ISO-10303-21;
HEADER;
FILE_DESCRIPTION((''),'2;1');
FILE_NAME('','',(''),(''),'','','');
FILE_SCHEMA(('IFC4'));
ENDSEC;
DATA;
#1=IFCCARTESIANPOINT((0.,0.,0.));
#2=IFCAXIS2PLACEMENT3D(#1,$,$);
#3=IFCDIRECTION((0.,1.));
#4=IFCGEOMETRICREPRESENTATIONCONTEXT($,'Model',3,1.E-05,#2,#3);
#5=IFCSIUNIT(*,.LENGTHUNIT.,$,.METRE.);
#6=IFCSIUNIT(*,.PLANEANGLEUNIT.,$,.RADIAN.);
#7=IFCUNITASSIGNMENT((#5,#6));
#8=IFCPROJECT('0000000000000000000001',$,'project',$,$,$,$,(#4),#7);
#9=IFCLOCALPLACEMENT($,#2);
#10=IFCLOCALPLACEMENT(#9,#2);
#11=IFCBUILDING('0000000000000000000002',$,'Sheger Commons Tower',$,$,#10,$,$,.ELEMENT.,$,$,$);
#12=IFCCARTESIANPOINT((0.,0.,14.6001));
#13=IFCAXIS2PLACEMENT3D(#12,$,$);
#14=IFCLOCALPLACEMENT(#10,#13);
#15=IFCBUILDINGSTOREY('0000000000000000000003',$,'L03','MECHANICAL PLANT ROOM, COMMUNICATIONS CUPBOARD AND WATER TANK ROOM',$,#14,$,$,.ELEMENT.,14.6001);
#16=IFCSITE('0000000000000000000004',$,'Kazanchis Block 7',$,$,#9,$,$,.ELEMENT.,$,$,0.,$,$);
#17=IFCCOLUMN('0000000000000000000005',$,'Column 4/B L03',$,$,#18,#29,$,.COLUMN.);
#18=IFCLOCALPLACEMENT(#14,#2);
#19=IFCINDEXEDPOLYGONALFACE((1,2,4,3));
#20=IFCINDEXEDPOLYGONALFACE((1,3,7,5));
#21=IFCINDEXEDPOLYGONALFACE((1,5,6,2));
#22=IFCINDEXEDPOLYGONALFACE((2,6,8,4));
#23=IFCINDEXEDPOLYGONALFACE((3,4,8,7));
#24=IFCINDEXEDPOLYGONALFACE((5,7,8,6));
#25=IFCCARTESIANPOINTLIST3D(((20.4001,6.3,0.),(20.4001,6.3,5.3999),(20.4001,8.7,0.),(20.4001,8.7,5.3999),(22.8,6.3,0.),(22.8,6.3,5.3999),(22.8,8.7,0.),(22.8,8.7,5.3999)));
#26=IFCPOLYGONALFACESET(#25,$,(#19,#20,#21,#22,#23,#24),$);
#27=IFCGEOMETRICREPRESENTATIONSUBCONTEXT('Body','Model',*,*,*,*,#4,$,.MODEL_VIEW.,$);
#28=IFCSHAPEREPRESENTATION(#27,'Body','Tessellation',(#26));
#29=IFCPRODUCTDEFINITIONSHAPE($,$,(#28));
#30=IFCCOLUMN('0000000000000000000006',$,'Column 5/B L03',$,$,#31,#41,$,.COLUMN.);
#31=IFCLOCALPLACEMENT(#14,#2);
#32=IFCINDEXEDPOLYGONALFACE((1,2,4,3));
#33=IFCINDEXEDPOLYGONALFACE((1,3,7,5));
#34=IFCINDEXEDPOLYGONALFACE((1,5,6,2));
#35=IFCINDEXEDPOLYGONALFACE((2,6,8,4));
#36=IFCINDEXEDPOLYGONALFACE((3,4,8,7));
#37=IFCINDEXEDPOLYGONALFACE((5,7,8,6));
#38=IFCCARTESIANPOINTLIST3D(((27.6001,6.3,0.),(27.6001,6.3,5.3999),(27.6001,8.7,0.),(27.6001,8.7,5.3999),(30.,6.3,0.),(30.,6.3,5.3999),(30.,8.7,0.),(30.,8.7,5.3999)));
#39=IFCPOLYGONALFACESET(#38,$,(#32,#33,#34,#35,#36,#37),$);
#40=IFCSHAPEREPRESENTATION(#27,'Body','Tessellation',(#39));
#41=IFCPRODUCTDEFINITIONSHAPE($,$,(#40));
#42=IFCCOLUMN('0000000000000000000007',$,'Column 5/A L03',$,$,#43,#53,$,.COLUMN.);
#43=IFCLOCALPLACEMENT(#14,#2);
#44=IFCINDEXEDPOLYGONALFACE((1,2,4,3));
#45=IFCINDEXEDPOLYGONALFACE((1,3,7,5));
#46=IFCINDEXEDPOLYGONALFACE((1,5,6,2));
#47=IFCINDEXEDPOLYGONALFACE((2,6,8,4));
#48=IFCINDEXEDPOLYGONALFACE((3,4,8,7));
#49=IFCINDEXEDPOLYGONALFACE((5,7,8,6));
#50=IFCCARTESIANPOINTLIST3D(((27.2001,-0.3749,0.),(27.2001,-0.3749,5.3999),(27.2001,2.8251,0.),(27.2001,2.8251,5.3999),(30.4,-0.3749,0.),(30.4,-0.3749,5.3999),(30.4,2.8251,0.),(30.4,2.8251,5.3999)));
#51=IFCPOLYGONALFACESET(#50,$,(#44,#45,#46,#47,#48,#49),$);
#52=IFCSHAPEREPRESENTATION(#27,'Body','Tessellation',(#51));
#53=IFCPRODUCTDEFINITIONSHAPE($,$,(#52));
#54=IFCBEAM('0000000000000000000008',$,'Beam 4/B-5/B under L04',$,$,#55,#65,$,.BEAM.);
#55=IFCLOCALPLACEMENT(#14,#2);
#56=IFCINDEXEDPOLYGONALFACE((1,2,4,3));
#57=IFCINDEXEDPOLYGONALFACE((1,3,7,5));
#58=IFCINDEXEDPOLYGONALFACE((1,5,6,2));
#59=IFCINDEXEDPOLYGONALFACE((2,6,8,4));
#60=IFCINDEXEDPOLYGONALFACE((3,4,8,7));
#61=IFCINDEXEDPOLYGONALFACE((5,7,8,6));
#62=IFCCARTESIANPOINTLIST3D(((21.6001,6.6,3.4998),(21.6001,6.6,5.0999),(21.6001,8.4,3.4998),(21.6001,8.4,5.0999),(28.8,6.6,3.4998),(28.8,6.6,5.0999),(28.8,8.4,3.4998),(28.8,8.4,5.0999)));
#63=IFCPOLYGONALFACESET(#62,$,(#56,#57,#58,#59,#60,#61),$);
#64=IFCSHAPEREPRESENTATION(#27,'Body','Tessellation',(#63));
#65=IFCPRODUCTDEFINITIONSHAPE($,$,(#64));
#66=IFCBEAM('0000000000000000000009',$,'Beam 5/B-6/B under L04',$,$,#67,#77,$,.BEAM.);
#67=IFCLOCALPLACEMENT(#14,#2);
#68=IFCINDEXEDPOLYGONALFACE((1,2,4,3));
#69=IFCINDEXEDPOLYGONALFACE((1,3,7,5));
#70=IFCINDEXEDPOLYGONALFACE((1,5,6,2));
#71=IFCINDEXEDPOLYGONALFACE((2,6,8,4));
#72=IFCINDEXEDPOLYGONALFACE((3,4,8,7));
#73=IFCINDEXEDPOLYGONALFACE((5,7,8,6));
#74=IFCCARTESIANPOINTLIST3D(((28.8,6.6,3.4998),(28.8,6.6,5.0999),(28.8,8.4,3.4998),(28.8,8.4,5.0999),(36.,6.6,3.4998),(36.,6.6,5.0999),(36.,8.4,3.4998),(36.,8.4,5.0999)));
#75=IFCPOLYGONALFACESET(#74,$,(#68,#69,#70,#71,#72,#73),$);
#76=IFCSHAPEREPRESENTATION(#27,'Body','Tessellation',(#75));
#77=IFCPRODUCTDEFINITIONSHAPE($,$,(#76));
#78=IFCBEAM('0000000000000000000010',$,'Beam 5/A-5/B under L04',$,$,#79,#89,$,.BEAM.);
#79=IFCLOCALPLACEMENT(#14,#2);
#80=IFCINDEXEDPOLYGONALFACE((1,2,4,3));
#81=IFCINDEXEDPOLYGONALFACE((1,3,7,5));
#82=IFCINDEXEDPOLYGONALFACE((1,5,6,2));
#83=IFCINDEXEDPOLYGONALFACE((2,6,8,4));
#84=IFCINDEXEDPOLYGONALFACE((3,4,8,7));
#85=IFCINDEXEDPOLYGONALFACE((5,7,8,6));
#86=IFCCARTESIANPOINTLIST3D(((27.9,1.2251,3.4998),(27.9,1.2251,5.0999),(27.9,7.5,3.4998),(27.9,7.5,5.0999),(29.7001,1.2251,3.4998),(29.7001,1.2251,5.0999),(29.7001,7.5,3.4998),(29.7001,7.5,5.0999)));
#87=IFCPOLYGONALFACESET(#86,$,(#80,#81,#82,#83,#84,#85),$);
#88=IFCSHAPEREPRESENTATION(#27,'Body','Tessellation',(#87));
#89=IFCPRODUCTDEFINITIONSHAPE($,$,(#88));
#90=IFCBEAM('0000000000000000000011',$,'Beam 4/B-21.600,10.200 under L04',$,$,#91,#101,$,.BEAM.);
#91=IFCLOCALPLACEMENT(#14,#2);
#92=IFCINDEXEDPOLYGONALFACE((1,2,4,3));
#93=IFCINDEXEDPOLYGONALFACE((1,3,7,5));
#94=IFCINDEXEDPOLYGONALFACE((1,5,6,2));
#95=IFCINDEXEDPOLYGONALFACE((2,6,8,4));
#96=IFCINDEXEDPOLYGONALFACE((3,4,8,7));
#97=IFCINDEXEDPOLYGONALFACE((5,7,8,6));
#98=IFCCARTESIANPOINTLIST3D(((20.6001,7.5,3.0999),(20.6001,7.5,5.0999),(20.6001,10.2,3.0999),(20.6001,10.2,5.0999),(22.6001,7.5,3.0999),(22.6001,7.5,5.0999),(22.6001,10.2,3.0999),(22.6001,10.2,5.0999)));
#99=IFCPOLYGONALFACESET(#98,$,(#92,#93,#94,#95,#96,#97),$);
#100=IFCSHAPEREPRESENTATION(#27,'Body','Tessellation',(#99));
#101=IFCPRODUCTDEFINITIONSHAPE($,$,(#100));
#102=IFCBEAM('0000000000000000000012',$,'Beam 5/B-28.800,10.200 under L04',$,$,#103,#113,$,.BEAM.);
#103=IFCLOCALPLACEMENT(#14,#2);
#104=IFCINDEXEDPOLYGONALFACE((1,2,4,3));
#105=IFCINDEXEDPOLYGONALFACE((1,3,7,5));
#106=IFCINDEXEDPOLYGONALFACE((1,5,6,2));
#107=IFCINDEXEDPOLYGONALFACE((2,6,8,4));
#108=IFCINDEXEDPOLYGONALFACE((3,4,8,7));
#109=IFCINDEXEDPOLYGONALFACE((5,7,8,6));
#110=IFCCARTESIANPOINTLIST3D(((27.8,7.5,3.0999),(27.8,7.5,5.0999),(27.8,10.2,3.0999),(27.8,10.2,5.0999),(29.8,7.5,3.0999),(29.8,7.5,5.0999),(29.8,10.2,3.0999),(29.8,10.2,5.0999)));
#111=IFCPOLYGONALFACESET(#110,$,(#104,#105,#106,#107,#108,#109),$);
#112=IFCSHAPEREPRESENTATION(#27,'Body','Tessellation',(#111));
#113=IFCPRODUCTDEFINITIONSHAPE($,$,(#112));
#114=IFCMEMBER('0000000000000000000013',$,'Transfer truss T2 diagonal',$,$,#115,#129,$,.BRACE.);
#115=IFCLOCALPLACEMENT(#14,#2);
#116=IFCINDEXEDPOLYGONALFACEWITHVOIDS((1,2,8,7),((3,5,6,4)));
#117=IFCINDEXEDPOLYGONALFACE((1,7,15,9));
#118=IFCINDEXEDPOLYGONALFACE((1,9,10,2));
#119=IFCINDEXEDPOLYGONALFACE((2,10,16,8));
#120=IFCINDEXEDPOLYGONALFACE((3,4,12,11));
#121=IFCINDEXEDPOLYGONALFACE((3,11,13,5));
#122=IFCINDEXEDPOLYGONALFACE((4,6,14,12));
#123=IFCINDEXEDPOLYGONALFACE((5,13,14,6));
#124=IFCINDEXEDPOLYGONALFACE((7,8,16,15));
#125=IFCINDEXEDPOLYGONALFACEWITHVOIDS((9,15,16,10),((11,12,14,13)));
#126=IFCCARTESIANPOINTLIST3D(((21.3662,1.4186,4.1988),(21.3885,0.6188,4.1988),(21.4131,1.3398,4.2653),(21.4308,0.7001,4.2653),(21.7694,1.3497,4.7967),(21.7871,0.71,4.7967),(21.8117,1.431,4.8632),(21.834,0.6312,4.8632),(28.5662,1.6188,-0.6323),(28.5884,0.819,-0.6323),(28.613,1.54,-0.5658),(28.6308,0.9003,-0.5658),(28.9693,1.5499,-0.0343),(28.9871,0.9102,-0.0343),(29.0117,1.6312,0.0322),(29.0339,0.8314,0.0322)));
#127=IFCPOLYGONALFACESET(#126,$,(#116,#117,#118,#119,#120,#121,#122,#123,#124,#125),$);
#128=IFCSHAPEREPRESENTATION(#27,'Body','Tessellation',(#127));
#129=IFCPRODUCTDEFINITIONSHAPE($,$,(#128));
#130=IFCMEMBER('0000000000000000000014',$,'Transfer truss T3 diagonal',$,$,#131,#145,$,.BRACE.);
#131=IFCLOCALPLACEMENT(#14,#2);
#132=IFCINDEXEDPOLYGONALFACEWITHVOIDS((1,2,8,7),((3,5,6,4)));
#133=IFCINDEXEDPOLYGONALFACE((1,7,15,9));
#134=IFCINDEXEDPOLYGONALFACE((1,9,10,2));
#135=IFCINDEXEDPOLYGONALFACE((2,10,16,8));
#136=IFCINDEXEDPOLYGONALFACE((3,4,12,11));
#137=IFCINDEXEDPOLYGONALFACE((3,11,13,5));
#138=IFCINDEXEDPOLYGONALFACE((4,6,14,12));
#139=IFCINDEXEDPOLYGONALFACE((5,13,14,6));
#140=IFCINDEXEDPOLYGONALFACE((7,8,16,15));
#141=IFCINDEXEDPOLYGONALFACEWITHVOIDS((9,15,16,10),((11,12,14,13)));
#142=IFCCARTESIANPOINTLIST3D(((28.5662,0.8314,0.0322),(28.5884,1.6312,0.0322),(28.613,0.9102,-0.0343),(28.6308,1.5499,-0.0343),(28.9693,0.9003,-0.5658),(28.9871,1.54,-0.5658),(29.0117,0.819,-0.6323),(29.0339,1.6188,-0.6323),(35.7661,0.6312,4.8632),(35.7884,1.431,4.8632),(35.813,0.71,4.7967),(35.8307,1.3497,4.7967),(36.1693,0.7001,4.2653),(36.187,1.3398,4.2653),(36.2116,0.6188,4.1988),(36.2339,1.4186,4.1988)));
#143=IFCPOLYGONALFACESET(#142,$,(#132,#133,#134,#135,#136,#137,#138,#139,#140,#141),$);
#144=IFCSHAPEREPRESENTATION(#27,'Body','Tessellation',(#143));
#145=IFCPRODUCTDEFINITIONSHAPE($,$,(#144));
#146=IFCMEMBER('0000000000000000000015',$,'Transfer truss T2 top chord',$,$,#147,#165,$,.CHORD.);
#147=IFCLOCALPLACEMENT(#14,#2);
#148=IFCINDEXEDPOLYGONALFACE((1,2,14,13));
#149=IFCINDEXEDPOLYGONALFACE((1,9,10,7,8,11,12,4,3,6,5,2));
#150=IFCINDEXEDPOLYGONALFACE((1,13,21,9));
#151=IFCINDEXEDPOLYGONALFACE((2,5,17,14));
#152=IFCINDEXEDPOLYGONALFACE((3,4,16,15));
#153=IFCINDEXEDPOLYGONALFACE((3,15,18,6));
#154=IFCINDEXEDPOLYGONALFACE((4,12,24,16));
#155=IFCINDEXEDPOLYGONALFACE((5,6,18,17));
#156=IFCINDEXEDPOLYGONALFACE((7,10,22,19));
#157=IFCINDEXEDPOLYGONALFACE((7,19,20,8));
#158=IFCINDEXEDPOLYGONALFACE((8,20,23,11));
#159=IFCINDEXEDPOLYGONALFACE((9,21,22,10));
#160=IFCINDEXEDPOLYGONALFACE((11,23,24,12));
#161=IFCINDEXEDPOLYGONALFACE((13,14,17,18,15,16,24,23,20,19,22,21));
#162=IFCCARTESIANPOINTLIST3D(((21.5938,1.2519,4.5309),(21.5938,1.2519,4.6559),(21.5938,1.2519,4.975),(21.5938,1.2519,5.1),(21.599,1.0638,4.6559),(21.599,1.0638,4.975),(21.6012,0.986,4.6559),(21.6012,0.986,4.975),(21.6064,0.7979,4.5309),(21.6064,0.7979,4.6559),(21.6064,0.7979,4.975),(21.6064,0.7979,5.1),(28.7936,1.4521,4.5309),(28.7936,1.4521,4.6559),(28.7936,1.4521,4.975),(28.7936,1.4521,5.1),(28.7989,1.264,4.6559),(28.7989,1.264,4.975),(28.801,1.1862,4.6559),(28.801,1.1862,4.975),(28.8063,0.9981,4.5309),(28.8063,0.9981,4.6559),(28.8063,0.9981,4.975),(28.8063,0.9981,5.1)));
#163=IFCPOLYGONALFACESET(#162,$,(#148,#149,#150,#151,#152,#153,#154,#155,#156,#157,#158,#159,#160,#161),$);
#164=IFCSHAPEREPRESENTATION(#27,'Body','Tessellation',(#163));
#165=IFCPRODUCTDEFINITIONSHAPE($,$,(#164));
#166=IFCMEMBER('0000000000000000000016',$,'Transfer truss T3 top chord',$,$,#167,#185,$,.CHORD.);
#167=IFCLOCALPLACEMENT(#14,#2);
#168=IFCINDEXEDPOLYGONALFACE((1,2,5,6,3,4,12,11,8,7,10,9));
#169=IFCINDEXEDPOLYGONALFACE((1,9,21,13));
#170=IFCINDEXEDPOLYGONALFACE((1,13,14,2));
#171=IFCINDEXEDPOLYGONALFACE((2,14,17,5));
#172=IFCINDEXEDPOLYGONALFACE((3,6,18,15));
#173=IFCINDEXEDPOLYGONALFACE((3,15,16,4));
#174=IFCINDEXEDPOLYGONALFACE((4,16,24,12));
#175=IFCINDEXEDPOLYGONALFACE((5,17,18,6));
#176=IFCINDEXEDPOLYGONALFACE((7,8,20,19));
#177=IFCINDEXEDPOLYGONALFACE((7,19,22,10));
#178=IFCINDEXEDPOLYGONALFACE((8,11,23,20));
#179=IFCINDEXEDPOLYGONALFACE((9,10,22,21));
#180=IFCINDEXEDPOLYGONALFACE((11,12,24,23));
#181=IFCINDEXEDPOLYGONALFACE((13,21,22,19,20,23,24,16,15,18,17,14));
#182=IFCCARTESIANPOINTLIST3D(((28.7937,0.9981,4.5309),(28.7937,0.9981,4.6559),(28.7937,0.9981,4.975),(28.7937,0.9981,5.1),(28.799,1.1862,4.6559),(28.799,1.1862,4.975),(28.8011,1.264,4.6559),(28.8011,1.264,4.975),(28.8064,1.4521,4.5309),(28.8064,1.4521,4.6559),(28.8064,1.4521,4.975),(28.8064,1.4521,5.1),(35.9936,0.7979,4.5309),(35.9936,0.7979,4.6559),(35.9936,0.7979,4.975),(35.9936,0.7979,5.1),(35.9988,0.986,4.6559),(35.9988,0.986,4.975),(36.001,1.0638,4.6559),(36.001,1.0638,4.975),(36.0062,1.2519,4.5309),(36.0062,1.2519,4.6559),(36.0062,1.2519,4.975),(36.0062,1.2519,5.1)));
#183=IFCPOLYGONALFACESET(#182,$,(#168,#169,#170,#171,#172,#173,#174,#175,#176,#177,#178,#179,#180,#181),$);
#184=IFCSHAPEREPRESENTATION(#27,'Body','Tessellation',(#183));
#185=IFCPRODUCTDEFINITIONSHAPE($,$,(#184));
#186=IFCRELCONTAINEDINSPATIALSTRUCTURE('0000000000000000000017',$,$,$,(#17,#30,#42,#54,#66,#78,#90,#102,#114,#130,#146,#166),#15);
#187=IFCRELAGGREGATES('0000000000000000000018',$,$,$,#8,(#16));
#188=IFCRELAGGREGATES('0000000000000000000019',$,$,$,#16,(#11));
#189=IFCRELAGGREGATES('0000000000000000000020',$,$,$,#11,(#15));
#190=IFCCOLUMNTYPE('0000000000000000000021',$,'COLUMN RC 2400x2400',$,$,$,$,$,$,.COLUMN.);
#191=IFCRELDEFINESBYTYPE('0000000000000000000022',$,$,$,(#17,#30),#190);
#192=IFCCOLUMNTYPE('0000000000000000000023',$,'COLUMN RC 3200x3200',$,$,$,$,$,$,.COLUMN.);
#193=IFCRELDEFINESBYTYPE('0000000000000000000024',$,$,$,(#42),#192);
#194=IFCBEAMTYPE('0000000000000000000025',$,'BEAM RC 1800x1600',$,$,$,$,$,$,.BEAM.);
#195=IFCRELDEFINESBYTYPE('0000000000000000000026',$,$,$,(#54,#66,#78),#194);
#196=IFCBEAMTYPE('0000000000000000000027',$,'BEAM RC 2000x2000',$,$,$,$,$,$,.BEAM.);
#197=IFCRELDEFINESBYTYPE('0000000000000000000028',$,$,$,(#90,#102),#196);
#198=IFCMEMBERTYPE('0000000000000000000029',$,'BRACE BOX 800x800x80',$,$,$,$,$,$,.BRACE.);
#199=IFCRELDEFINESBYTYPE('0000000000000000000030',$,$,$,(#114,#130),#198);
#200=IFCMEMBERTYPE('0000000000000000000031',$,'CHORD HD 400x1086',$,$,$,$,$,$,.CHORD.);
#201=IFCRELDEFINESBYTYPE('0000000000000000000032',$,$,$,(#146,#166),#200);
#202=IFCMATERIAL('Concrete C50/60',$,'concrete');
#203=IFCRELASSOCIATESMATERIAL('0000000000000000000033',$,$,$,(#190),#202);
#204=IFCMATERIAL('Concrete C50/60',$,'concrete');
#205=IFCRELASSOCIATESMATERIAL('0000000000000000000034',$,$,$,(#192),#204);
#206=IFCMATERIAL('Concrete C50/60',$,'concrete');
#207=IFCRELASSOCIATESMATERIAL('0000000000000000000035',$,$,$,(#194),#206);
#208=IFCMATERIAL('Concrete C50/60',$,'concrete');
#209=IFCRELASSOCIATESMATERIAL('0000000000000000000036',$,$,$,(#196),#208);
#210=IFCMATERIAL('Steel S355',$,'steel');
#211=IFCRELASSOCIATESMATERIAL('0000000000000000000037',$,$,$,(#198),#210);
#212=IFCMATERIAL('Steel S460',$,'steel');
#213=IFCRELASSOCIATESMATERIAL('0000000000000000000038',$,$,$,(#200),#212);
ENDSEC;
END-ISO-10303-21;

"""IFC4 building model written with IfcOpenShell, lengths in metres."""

from ifc_helpers import new_model, si_unit, direction, frame, origin, origin_2d, place, context, subcontext, project, spatial, rectangle, hollow_rectangle, i_section, extrude, material, material_profile, profile_set, type_object, element, save


model = new_model("IFC4")

# Units and contexts
model_context = context("Model", 3, precision=1e-05, world=origin(), true_north=direction((0.0, 1.0)))
body_context = subcontext(model_context, "Body", "Model", "MODEL_VIEW")
ifc_project = project(units=[si_unit("LENGTHUNIT", "METRE"), si_unit("PLANEANGLEUNIT", "RADIAN")], contexts=[model_context])

# Site, building, storey
site_placement = place(None, origin())
site = spatial("IfcSite", under=ifc_project, at=site_placement, Name="Kazanchis Block 7", CompositionType="ELEMENT", RefElevation=0.0)
building_placement = place(site_placement, origin())
building = spatial("IfcBuilding", under=site, at=building_placement, Name="Sheger Commons Tower", CompositionType="ELEMENT")
storey_placement = place(building_placement, frame((0.0, 0.0, 14.6001)))
storey = spatial("IfcBuildingStorey", under=building, at=storey_placement, Name="L03", Description="MECHANICAL PLANT ROOM, COMMUNICATIONS CUPBOARD AND WATER TANK ROOM", CompositionType="ELEMENT", Elevation=14.6001)

# Columns
ifc_material_1 = material(Name="Concrete C50/60", Category="concrete")
ifc_material_profile_1 = material_profile(ifc_material_1, rectangle(XDim=2.3999, YDim=2.3999, at=origin_2d()), Name="RC 2400x2400")
ifc_profile_set_1 = profile_set([ifc_material_profile_1], Name="Concrete C50/60")
column_type_1 = type_object("IfcColumnType", Name="COLUMN RC 2400x2400", PredefinedType="COLUMN", material=ifc_profile_set_1)
for number, where, z_axis, x_axis, name in (
    (1, (21.6001, 7.5, 0.0), (0.0, 0.0, 1.0), (1.0, 0.0, 0.0), "Column 4/B L03"),
    (2, (28.8, 7.5, 0.0), (0.0, 0.0, 1.0), (1.0, 0.0, 0.0), "Column 5/B L03"),
):
    element("IfcColumn", number, at=place(storey_placement, frame(where, z_axis=z_axis, x_axis=x_axis)), inside=storey, type_object=column_type_1, Name=name, PredefinedType="COLUMN", context=body_context, shape_type="SweptSolid", body=[
        extrude(rectangle(XDim=2.3999, YDim=2.3999, at=origin_2d()), origin(), (0.0, 0.0, 1.0), 5.3999),
    ])
ifc_material_2 = material(Name="Concrete C50/60", Category="concrete")
ifc_material_profile_2 = material_profile(ifc_material_2, rectangle(XDim=3.2, YDim=3.2, at=origin_2d()), Name="RC 3200x3200")
ifc_profile_set_2 = profile_set([ifc_material_profile_2], Name="Concrete C50/60")
column_type_2 = type_object("IfcColumnType", Name="COLUMN RC 3200x3200", PredefinedType="COLUMN", material=ifc_profile_set_2)
column_placement = place(storey_placement, frame((28.8, 1.2251, 0.0), z_axis=(0.0, 0.0, 1.0), x_axis=(1.0, 0.0, 0.0)))
element("IfcColumn", 3, at=column_placement, inside=storey, type_object=column_type_2, Name="Column 5/A L03", PredefinedType="COLUMN", context=body_context, shape_type="SweptSolid", body=[
    extrude(rectangle(XDim=3.2, YDim=3.2, at=origin_2d()), origin(), (0.0, 0.0, 1.0), 5.3999),
])

# Beams
ifc_material_3 = material(Name="Concrete C50/60", Category="concrete")
ifc_material_profile_3 = material_profile(ifc_material_3, rectangle(XDim=1.8, YDim=1.6001, at=origin_2d()), Name="RC 1800x1600")
ifc_profile_set_3 = profile_set([ifc_material_profile_3], Name="Concrete C50/60")
beam_type_1 = type_object("IfcBeamType", Name="BEAM RC 1800x1600", PredefinedType="BEAM", material=ifc_profile_set_3)
for number, where, z_axis, x_axis, name in (
    (4, (21.6001, 7.5, 4.2998), (1.0, 0.0, 0.0), (0.0, 1.0, 0.0), "Beam 4/B-5/B under L04"),
    (5, (28.8, 7.5, 4.2998), (1.0, 0.0, 0.0), (0.0, 1.0, 0.0), "Beam 5/B-6/B under L04"),
):
    element("IfcBeam", number, at=place(storey_placement, frame(where, z_axis=z_axis, x_axis=x_axis)), inside=storey, type_object=beam_type_1, Name=name, PredefinedType="BEAM", context=body_context, shape_type="SweptSolid", body=[
        extrude(rectangle(XDim=1.8, YDim=1.6001, at=origin_2d()), origin(), (0.0, 0.0, 1.0), 7.2),
    ])
beam_placement = place(storey_placement, frame((28.8, 1.2251, 4.2998), z_axis=(0.0, 1.0, 0.0), x_axis=(-1.0, 0.0, 0.0)))
element("IfcBeam", 6, at=beam_placement, inside=storey, type_object=beam_type_1, Name="Beam 5/A-5/B under L04", PredefinedType="BEAM", context=body_context, shape_type="SweptSolid", body=[
    extrude(rectangle(XDim=1.8, YDim=1.6001, at=origin_2d()), origin(), (0.0, 0.0, 1.0), 6.2749),
])
ifc_material_4 = material(Name="Concrete C50/60", Category="concrete")
ifc_material_profile_4 = material_profile(ifc_material_4, rectangle(XDim=2.0, YDim=2.0, at=origin_2d()), Name="RC 2000x2000")
ifc_profile_set_4 = profile_set([ifc_material_profile_4], Name="Concrete C50/60")
beam_type_2 = type_object("IfcBeamType", Name="BEAM RC 2000x2000", PredefinedType="BEAM", material=ifc_profile_set_4)
for number, where, z_axis, x_axis, name in (
    (7, (21.6001, 7.5, 4.0999), (0.0, 1.0, 0.0), (-1.0, 0.0, 0.0), "Beam 4/B-21.600,10.200 under L04"),
    (8, (28.8, 7.5, 4.0999), (0.0, 1.0, 0.0), (-1.0, 0.0, 0.0), "Beam 5/B-28.800,10.200 under L04"),
):
    element("IfcBeam", number, at=place(storey_placement, frame(where, z_axis=z_axis, x_axis=x_axis)), inside=storey, type_object=beam_type_2, Name=name, PredefinedType="BEAM", context=body_context, shape_type="SweptSolid", body=[
        extrude(rectangle(XDim=2.0, YDim=2.0, at=origin_2d()), origin(), (0.0, 0.0, 1.0), 2.7),
    ])

# Members
ifc_material_5 = material(Name="Steel S355", Category="steel")
ifc_material_profile_5 = material_profile(ifc_material_5, hollow_rectangle(XDim=0.8, YDim=0.8, WallThickness=0.0801, at=origin_2d()), Name="BOX 800x800x80")
ifc_profile_set_5 = profile_set([ifc_material_profile_5], Name="Steel S355")
member_type_1 = type_object("IfcMemberType", Name="BRACE BOX 800x800x80", PredefinedType="BRACE", material=ifc_profile_set_5)
for number, where, z_axis, x_axis, name in (
    (9, (28.8, 1.2251, -0.3), (-0.830171, -0.023083, 0.557031), (0.027794, -0.999614, 0.0), "Transfer truss T2 diagonal"),
    (10, (28.8, 1.2251, -0.3), (0.830171, -0.023083, 0.557031), (0.027794, 0.999614, 0.0), "Transfer truss T3 diagonal"),
):
    element("IfcMember", number, at=place(storey_placement, frame(where, z_axis=z_axis, x_axis=x_axis)), inside=storey, type_object=member_type_1, Name=name, PredefinedType="BRACE", context=body_context, shape_type="SweptSolid", body=[
        extrude(hollow_rectangle(XDim=0.8, YDim=0.8, WallThickness=0.0801, at=origin_2d()), origin(), (0.0, 0.0, 1.0), 8.6729),
    ])
ifc_material_6 = material(Name="Steel S460", Category="steel")
ifc_material_profile_6 = material_profile(ifc_material_6, i_section(OverallWidth=0.4541, OverallDepth=0.5691, WebThickness=0.0779, FlangeThickness=0.125, at=origin_2d()), Name="HD 400x1086")
ifc_profile_set_6 = profile_set([ifc_material_profile_6], Name="Steel S460")
member_type_2 = type_object("IfcMemberType", Name="CHORD HD 400x1086", PredefinedType="CHORD", material=ifc_profile_set_6)
for number, where, z_axis, x_axis, name in (
    (11, (21.6001, 1.0249, 4.8154), (0.999614, 0.027794, 0.0), (-0.027794, 0.999614, 0.0), "Transfer truss T2 top chord"),
    (12, (28.8, 1.2251, 4.8154), (0.999614, -0.027794, 0.0), (0.027794, 0.999614, 0.0), "Transfer truss T3 top chord"),
):
    element("IfcMember", number, at=place(storey_placement, frame(where, z_axis=z_axis, x_axis=x_axis)), inside=storey, type_object=member_type_2, Name=name, PredefinedType="CHORD", context=body_context, shape_type="SweptSolid", body=[
        extrude(i_section(OverallWidth=0.4541, OverallDepth=0.5691, WebThickness=0.0779, FlangeThickness=0.125, at=origin_2d()), origin(), (0.0, 0.0, 1.0), 7.2026),
    ])

save(model, "model.ifc")
